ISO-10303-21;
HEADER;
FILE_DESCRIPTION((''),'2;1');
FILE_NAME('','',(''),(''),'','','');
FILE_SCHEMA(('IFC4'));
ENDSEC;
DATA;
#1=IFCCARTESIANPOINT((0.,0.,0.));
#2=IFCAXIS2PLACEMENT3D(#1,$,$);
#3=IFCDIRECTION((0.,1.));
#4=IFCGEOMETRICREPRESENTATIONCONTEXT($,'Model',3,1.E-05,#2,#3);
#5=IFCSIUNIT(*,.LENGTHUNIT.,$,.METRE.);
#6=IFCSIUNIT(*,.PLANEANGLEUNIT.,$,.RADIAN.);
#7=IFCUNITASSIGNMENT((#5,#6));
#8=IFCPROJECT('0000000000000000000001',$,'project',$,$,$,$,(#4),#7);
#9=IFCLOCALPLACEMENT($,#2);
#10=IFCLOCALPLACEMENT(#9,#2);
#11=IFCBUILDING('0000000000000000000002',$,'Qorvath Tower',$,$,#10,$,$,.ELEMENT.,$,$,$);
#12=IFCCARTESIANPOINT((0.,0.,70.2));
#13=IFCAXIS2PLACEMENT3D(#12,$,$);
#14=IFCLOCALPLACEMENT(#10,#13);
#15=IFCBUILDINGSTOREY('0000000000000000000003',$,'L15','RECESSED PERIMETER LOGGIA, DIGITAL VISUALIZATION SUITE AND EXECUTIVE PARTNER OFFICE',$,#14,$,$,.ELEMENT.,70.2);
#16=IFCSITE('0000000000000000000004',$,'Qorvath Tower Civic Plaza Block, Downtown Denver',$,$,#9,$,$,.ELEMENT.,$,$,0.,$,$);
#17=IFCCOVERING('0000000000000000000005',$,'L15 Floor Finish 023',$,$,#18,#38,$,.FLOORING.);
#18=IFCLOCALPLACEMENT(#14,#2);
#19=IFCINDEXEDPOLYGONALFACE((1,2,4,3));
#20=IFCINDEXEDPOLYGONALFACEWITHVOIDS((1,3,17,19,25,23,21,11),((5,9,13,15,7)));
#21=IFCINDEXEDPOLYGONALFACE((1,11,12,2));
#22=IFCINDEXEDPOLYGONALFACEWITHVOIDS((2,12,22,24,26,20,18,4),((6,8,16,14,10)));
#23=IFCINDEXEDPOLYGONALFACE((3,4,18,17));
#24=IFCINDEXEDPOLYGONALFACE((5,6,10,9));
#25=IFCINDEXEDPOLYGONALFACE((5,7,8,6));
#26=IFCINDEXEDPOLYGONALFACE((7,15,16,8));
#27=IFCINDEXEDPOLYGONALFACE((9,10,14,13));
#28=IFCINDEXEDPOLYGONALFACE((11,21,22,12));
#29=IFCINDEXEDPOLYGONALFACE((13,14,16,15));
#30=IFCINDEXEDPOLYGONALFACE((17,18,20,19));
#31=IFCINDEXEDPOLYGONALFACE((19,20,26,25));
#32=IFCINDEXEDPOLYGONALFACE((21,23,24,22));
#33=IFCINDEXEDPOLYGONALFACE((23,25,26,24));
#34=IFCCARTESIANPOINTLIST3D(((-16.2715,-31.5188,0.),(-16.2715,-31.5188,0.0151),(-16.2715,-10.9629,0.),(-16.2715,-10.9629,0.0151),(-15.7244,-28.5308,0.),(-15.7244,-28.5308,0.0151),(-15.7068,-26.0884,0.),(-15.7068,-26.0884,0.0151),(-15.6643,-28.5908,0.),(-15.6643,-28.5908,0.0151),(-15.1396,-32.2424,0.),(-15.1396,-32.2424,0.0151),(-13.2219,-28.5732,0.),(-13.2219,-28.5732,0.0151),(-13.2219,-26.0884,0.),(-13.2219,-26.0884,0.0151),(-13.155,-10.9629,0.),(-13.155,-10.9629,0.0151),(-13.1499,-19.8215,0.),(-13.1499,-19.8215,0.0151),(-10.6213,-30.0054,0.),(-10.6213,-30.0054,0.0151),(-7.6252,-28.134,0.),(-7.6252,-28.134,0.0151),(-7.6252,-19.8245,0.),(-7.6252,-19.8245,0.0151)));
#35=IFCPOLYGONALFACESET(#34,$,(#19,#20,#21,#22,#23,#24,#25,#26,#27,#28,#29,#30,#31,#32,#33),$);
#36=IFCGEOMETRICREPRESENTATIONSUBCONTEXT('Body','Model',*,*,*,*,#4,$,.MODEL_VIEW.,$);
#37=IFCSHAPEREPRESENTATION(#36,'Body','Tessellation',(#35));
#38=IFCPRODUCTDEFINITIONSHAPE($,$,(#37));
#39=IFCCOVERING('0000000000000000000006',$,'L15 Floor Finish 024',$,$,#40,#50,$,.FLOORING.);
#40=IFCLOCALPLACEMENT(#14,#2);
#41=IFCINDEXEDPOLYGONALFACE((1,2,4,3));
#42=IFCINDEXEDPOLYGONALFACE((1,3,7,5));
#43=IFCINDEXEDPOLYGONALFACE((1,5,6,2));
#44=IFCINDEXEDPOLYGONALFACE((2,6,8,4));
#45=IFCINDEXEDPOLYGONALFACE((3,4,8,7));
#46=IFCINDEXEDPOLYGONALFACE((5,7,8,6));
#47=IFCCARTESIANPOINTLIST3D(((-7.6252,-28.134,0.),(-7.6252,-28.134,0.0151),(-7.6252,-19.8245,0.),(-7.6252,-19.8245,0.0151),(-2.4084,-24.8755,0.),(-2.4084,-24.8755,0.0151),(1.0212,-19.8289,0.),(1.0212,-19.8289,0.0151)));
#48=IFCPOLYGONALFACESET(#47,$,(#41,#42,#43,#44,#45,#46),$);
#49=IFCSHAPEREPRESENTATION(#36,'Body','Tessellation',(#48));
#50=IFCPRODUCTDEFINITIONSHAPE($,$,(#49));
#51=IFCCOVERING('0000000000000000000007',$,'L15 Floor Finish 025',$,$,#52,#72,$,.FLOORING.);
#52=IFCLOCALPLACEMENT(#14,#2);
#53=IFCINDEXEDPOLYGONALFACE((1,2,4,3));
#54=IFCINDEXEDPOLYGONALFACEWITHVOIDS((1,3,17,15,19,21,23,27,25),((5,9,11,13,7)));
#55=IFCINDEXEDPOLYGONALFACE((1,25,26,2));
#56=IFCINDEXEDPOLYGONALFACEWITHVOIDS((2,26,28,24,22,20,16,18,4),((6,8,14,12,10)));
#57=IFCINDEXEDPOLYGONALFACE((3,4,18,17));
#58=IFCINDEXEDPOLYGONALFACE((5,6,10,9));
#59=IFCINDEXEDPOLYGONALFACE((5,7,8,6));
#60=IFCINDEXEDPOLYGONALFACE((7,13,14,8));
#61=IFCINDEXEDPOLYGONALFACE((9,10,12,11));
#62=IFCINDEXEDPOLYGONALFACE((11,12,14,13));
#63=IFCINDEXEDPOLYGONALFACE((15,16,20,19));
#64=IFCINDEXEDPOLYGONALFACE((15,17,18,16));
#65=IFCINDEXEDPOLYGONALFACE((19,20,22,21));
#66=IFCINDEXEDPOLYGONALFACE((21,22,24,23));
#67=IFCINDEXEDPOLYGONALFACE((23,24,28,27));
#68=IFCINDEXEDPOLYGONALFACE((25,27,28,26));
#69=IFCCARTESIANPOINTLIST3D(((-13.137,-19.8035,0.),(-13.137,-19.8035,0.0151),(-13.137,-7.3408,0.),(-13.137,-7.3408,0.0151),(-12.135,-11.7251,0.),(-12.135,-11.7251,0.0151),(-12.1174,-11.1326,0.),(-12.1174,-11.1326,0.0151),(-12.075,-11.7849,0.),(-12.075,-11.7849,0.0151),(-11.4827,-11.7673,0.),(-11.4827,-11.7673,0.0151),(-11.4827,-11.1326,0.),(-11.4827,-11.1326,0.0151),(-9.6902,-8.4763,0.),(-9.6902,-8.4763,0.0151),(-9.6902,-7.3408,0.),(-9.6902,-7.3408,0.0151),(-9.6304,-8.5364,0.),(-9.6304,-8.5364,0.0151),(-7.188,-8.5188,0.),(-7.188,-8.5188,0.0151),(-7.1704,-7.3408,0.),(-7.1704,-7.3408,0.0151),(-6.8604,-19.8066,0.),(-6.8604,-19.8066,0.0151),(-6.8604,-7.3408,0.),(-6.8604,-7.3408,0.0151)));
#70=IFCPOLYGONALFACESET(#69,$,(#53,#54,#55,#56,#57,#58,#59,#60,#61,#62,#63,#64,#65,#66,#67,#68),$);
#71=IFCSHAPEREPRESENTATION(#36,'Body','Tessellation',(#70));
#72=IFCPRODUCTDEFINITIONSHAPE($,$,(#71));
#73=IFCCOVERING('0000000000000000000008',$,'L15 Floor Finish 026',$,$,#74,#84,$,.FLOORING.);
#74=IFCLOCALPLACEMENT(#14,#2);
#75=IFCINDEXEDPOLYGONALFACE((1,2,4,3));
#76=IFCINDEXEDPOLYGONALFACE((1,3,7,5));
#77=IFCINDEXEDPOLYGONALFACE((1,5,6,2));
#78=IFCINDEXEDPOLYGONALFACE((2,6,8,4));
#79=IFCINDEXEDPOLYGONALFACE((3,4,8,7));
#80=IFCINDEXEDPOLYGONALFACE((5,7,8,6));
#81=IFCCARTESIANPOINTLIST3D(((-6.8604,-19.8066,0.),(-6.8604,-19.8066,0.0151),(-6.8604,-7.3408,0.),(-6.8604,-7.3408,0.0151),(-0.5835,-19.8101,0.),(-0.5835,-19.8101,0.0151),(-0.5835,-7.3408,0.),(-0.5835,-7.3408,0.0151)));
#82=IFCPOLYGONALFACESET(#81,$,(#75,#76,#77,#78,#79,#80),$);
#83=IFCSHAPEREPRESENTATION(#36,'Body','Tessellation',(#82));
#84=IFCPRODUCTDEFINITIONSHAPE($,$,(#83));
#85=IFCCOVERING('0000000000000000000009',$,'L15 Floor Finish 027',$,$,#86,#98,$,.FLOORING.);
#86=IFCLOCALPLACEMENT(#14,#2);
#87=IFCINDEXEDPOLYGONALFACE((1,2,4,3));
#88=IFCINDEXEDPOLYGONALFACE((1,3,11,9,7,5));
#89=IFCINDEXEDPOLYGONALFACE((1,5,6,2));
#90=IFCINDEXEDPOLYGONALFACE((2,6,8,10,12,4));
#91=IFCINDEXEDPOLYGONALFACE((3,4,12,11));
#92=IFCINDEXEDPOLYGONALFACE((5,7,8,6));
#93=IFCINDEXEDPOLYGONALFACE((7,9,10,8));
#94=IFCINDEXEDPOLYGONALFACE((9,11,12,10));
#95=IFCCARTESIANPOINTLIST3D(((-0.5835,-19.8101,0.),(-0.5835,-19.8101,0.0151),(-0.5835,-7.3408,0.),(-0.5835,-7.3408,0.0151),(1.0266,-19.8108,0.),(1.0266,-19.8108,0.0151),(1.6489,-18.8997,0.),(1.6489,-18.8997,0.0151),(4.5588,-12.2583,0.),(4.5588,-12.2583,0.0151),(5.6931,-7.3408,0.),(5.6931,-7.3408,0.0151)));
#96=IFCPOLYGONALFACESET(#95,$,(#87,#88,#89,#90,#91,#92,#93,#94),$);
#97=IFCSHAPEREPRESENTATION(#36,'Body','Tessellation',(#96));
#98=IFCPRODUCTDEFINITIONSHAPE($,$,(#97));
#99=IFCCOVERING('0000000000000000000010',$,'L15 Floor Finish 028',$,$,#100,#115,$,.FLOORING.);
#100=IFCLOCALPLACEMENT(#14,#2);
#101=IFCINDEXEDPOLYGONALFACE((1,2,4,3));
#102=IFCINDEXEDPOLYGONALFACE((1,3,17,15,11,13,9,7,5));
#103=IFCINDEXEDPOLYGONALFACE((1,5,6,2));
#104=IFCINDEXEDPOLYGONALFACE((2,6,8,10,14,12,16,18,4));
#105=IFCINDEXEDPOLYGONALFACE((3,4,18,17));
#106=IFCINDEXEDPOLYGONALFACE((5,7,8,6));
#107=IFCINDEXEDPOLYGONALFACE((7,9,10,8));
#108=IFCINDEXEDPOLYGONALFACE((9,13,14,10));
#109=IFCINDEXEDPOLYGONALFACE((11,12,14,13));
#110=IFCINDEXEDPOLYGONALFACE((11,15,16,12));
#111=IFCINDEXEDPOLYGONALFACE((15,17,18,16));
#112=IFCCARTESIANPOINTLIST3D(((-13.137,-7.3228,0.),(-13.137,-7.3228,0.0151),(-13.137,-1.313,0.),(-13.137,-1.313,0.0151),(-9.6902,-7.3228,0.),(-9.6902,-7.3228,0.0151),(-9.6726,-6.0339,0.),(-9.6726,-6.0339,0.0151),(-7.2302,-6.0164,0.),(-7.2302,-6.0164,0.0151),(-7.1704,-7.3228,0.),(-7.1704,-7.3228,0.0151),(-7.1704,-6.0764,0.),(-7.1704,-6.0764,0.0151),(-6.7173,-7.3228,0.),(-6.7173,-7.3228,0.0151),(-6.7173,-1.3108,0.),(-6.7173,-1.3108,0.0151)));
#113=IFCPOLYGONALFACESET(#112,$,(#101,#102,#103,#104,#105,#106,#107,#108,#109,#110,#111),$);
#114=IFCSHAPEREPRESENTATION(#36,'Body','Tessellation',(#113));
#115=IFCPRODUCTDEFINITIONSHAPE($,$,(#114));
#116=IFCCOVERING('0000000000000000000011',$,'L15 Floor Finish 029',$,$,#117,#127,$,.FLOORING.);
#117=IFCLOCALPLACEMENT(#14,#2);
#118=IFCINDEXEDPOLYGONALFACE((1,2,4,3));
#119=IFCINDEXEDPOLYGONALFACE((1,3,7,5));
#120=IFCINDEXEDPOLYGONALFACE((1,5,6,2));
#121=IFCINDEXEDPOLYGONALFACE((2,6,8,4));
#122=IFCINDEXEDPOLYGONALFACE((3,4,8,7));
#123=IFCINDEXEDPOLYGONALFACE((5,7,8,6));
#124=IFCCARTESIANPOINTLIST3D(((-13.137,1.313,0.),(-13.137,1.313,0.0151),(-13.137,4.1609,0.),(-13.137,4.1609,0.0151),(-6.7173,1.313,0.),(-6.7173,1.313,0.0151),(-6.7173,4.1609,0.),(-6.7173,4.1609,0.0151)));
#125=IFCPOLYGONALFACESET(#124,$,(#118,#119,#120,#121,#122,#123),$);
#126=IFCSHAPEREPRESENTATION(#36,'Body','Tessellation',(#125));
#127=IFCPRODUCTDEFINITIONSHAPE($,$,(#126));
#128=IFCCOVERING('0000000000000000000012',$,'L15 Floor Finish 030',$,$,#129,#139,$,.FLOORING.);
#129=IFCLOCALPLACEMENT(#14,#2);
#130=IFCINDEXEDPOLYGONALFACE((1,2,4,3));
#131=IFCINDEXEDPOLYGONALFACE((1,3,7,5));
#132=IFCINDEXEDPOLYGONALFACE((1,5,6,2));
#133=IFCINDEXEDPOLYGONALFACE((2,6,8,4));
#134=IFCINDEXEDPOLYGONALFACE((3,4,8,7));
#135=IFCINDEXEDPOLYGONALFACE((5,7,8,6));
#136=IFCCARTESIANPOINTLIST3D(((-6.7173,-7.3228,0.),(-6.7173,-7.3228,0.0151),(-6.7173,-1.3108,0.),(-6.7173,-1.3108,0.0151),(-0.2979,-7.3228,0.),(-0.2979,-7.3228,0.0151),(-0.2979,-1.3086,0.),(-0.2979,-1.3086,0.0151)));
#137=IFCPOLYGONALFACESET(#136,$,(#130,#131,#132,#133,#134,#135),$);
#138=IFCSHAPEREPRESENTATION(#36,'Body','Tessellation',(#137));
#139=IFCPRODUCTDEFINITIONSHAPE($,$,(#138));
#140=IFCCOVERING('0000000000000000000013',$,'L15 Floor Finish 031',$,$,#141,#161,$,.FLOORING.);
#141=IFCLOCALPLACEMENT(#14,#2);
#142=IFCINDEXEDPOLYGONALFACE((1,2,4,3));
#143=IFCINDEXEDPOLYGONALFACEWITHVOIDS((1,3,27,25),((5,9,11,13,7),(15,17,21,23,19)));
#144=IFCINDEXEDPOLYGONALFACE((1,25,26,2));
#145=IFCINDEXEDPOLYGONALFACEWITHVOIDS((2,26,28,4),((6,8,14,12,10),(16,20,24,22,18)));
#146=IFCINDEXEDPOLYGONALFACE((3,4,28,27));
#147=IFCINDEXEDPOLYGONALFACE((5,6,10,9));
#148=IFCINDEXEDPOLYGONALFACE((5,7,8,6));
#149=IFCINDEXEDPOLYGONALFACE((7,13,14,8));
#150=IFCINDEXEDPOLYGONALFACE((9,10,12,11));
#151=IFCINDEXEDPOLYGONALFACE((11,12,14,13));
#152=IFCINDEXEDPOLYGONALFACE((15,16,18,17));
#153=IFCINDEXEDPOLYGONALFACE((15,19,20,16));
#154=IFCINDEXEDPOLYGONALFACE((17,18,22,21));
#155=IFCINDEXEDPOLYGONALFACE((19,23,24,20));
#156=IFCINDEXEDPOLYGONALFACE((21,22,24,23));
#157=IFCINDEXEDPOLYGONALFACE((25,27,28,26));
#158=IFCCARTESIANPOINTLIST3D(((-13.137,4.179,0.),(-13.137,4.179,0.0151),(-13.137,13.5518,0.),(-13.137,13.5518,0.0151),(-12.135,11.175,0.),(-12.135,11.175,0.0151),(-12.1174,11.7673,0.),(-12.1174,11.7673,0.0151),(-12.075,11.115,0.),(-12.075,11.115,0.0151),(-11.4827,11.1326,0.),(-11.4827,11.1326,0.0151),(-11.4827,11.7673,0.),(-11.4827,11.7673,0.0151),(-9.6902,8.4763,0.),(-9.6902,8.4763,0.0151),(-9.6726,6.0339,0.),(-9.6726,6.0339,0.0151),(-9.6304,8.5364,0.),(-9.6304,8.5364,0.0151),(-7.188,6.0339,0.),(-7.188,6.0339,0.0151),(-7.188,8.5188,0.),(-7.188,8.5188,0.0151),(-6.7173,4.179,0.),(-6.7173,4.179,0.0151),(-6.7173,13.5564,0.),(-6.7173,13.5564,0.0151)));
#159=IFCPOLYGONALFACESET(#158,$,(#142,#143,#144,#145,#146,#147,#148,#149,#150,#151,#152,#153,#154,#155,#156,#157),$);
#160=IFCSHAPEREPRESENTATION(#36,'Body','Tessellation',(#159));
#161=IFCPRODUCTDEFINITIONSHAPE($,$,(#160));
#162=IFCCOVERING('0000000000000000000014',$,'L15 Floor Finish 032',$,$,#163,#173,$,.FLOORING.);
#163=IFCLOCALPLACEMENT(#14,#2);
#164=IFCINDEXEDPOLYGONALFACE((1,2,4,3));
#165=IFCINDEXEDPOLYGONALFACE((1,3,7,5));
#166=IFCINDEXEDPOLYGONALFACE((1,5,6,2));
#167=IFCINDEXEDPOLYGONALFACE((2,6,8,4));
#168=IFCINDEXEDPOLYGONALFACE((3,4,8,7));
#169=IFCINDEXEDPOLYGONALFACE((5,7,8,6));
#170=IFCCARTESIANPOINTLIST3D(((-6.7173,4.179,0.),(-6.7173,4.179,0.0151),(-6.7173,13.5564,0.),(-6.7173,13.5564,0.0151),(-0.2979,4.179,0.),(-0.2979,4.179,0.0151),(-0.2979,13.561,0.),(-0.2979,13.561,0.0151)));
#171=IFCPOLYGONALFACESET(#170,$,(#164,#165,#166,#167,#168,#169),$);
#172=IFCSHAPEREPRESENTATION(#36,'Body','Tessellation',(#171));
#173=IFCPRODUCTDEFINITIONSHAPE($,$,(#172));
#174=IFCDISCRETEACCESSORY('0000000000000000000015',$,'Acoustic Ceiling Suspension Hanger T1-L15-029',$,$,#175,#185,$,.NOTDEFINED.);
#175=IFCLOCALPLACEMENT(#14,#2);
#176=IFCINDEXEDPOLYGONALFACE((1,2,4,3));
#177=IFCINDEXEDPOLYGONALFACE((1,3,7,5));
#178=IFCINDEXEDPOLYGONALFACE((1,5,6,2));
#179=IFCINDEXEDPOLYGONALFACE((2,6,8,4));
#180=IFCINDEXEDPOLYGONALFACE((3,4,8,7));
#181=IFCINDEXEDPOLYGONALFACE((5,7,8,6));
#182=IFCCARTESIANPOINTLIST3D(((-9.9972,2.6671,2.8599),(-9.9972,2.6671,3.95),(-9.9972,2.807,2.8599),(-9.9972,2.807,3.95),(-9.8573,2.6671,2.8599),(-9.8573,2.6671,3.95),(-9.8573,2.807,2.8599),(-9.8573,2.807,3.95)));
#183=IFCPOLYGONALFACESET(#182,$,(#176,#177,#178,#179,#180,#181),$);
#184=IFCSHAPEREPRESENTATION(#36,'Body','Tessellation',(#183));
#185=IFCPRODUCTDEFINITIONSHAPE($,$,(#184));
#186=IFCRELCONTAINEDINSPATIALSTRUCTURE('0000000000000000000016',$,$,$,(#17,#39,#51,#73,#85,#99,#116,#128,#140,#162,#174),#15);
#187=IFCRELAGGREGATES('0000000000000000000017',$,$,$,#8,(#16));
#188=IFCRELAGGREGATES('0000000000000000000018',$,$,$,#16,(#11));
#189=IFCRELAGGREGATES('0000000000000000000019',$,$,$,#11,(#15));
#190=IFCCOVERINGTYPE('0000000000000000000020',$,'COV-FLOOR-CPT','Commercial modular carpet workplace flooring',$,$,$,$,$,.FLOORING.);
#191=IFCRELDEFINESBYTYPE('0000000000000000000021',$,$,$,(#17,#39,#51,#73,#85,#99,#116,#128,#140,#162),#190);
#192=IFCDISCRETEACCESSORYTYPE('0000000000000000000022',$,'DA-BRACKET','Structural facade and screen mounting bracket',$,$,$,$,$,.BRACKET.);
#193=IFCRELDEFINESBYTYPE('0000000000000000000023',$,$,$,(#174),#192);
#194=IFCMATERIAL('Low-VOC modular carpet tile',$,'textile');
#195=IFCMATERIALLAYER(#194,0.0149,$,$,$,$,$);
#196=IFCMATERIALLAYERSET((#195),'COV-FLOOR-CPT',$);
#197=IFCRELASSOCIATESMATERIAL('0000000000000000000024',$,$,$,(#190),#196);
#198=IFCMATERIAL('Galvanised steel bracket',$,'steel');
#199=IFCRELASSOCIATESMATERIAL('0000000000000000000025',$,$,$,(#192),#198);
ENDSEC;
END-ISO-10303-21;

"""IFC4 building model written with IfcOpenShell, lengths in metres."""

from ifc_helpers import new_model, si_unit, direction, frame, origin, origin_2d, place, context, subcontext, project, spatial, polyline, rectangle, outline, extrude, material, layer, layer_set, type_object, element, save


model = new_model("IFC4")

# Units and contexts
model_context = context("Model", 3, precision=1e-05, world=origin(), true_north=direction((0.0, 1.0)))
body_context = subcontext(model_context, "Body", "Model", "MODEL_VIEW")
ifc_project = project(units=[si_unit("LENGTHUNIT", "METRE"), si_unit("PLANEANGLEUNIT", "RADIAN")], contexts=[model_context])

# Site, building, storey
site_placement = place(None, origin())
site = spatial("IfcSite", under=ifc_project, at=site_placement, Name="Qorvath Tower Civic Plaza Block, Downtown Denver", CompositionType="ELEMENT", RefElevation=0.0)
building_placement = place(site_placement, origin())
building = spatial("IfcBuilding", under=site, at=building_placement, Name="Qorvath Tower", CompositionType="ELEMENT")
storey_placement = place(building_placement, frame((0.0, 0.0, 70.2)))
storey = spatial("IfcBuildingStorey", under=building, at=storey_placement, Name="L15", Description="RECESSED PERIMETER LOGGIA, DIGITAL VISUALIZATION SUITE AND EXECUTIVE PARTNER OFFICE", CompositionType="ELEMENT", Elevation=70.2)

# Coverings
ifc_material_1 = material(Name="Low-VOC modular carpet tile", Category="textile")
ifc_layer_1 = layer(ifc_material_1, 0.0149)
ifc_layer_set_1 = layer_set([ifc_layer_1], Name="COV-FLOOR-CPT")
covering_type_1 = type_object("IfcCoveringType", Name="COV-FLOOR-CPT", Description="Commercial modular carpet workplace flooring", PredefinedType="FLOORING", material=ifc_layer_set_1)
covering_1_placement = place(storey_placement, origin())
element("IfcCovering", 1, at=covering_1_placement, inside=storey, type_object=covering_type_1, Name="L15 Floor Finish 023", PredefinedType="FLOORING", context=body_context, shape_type="SweptSolid", body=[
    extrude(outline(polyline([(-16.2715, -10.9629), (-16.2715, -31.5188), (-15.1396, -32.2424), (-10.6213, -30.0054), (-7.6252, -28.134), (-7.6252, -19.8245), (-13.1499, -19.8215), (-13.155, -10.9629), (-16.2715, -10.9629)]), holes=[polyline([(-15.7244, -28.5308), (-15.7068, -26.0884), (-13.2219, -26.0884), (-13.2219, -28.5732), (-15.6643, -28.5908), (-15.7244, -28.5308)])]), origin(), (0.0, 0.0, 1.0), 0.0151),
])
covering_2_placement = place(storey_placement, origin())
element("IfcCovering", 2, at=covering_2_placement, inside=storey, type_object=covering_type_1, Name="L15 Floor Finish 024", PredefinedType="FLOORING", context=body_context, shape_type="SweptSolid", body=[
    extrude(outline(polyline([(-7.6252, -19.8245), (-7.6252, -28.134), (-2.4084, -24.8755), (1.0212, -19.8289), (-7.6252, -19.8245)])), origin(), (0.0, 0.0, 1.0), 0.0151),
])
covering_3_placement = place(storey_placement, origin())
element("IfcCovering", 3, at=covering_3_placement, inside=storey, type_object=covering_type_1, Name="L15 Floor Finish 025", PredefinedType="FLOORING", context=body_context, shape_type="SweptSolid", body=[
    extrude(outline(polyline([(-13.137, -19.8035), (-6.8604, -19.8066), (-6.8604, -7.3408), (-7.1704, -7.3408), (-7.188, -8.5188), (-9.6304, -8.5364), (-9.6902, -8.4763), (-9.6902, -7.3408), (-13.137, -7.3408), (-13.137, -19.8035)]), holes=[polyline([(-12.135, -11.7251), (-12.1174, -11.1326), (-11.4827, -11.1326), (-11.4827, -11.7673), (-12.075, -11.7849), (-12.135, -11.7251)])]), origin(), (0.0, 0.0, 1.0), 0.0151),
])
covering_4_placement = place(storey_placement, origin())
element("IfcCovering", 4, at=covering_4_placement, inside=storey, type_object=covering_type_1, Name="L15 Floor Finish 026", PredefinedType="FLOORING", context=body_context, shape_type="SweptSolid", body=[
    extrude(outline(polyline([(-6.8604, -7.3408), (-6.8604, -19.8066), (-0.5835, -19.8101), (-0.5835, -7.3408), (-6.8604, -7.3408)])), origin(), (0.0, 0.0, 1.0), 0.0151),
])
covering_5_placement = place(storey_placement, origin())
element("IfcCovering", 5, at=covering_5_placement, inside=storey, type_object=covering_type_1, Name="L15 Floor Finish 027", PredefinedType="FLOORING", context=body_context, shape_type="SweptSolid", body=[
    extrude(outline(polyline([(-0.5835, -7.3408), (-0.5835, -19.8101), (1.0266, -19.8108), (1.6489, -18.8997), (4.5588, -12.2583), (5.6931, -7.3408), (-0.5835, -7.3408)])), origin(), (0.0, 0.0, 1.0), 0.0151),
])
covering_6_placement = place(storey_placement, origin())
element("IfcCovering", 6, at=covering_6_placement, inside=storey, type_object=covering_type_1, Name="L15 Floor Finish 028", PredefinedType="FLOORING", context=body_context, shape_type="SweptSolid", body=[
    extrude(outline(polyline([(-6.7173, -7.3228), (-6.7173, -1.3108), (-13.137, -1.313), (-13.137, -7.3228), (-9.6902, -7.3228), (-9.6726, -6.0339), (-7.2302, -6.0164), (-7.1704, -6.0764), (-7.1704, -7.3228), (-6.7173, -7.3228)])), origin(), (0.0, 0.0, 1.0), 0.0151),
])
covering_7_placement = place(storey_placement, origin())
element("IfcCovering", 7, at=covering_7_placement, inside=storey, type_object=covering_type_1, Name="L15 Floor Finish 029", PredefinedType="FLOORING", context=body_context, shape_type="SweptSolid", body=[
    extrude(outline(polyline([(-6.7173, 1.313), (-6.7173, 4.1609), (-13.137, 4.1609), (-13.137, 1.313), (-6.7173, 1.313)])), origin(), (0.0, 0.0, 1.0), 0.0151),
])
covering_8_placement = place(storey_placement, origin())
element("IfcCovering", 8, at=covering_8_placement, inside=storey, type_object=covering_type_1, Name="L15 Floor Finish 030", PredefinedType="FLOORING", context=body_context, shape_type="SweptSolid", body=[
    extrude(outline(polyline([(-0.2979, -7.3228), (-0.2979, -1.3086), (-6.7173, -1.3108), (-6.7173, -7.3228), (-0.2979, -7.3228)])), origin(), (0.0, 0.0, 1.0), 0.0151),
])
covering_9_placement = place(storey_placement, origin())
element("IfcCovering", 9, at=covering_9_placement, inside=storey, type_object=covering_type_1, Name="L15 Floor Finish 031", PredefinedType="FLOORING", context=body_context, shape_type="SweptSolid", body=[
    extrude(outline(polyline([(-6.7173, 4.179), (-6.7173, 13.5564), (-13.137, 13.5518), (-13.137, 4.179), (-6.7173, 4.179)]), holes=[polyline([(-9.6902, 8.4763), (-9.6304, 8.5364), (-7.188, 8.5188), (-7.188, 6.0339), (-9.6726, 6.0339), (-9.6902, 8.4763)]), polyline([(-12.135, 11.175), (-12.1174, 11.7673), (-11.4827, 11.7673), (-11.4827, 11.1326), (-12.075, 11.115), (-12.135, 11.175)])]), origin(), (0.0, 0.0, 1.0), 0.0151),
])
covering_10_placement = place(storey_placement, origin())
element("IfcCovering", 10, at=covering_10_placement, inside=storey, type_object=covering_type_1, Name="L15 Floor Finish 032", PredefinedType="FLOORING", context=body_context, shape_type="SweptSolid", body=[
    extrude(outline(polyline([(-0.2979, 4.179), (-0.2979, 13.561), (-6.7173, 13.5564), (-6.7173, 4.179), (-0.2979, 4.179)])), origin(), (0.0, 0.0, 1.0), 0.0151),
])

# Discrete accessory
ifc_material_2 = material(Name="Galvanised steel bracket", Category="steel")
discrete_accessory_type = type_object("IfcDiscreteAccessoryType", Name="DA-BRACKET", Description="Structural facade and screen mounting bracket", PredefinedType="BRACKET", material=ifc_material_2)
discrete_accessory_placement = place(storey_placement, frame((-9.9272, 2.7371, 2.8599), z_axis=(0.0, 0.0, 1.0), x_axis=(1.0, 0.0, 0.0)))
element("IfcDiscreteAccessory", 11, at=discrete_accessory_placement, inside=storey, type_object=discrete_accessory_type, Name="Acoustic Ceiling Suspension Hanger T1-L15-029", PredefinedType="NOTDEFINED", context=body_context, shape_type="SweptSolid", body=[
    extrude(rectangle(XDim=0.1399, YDim=0.1399, at=origin_2d()), origin(), (0.0, 0.0, 1.0), 1.0901),
])

save(model, "model.ifc")
